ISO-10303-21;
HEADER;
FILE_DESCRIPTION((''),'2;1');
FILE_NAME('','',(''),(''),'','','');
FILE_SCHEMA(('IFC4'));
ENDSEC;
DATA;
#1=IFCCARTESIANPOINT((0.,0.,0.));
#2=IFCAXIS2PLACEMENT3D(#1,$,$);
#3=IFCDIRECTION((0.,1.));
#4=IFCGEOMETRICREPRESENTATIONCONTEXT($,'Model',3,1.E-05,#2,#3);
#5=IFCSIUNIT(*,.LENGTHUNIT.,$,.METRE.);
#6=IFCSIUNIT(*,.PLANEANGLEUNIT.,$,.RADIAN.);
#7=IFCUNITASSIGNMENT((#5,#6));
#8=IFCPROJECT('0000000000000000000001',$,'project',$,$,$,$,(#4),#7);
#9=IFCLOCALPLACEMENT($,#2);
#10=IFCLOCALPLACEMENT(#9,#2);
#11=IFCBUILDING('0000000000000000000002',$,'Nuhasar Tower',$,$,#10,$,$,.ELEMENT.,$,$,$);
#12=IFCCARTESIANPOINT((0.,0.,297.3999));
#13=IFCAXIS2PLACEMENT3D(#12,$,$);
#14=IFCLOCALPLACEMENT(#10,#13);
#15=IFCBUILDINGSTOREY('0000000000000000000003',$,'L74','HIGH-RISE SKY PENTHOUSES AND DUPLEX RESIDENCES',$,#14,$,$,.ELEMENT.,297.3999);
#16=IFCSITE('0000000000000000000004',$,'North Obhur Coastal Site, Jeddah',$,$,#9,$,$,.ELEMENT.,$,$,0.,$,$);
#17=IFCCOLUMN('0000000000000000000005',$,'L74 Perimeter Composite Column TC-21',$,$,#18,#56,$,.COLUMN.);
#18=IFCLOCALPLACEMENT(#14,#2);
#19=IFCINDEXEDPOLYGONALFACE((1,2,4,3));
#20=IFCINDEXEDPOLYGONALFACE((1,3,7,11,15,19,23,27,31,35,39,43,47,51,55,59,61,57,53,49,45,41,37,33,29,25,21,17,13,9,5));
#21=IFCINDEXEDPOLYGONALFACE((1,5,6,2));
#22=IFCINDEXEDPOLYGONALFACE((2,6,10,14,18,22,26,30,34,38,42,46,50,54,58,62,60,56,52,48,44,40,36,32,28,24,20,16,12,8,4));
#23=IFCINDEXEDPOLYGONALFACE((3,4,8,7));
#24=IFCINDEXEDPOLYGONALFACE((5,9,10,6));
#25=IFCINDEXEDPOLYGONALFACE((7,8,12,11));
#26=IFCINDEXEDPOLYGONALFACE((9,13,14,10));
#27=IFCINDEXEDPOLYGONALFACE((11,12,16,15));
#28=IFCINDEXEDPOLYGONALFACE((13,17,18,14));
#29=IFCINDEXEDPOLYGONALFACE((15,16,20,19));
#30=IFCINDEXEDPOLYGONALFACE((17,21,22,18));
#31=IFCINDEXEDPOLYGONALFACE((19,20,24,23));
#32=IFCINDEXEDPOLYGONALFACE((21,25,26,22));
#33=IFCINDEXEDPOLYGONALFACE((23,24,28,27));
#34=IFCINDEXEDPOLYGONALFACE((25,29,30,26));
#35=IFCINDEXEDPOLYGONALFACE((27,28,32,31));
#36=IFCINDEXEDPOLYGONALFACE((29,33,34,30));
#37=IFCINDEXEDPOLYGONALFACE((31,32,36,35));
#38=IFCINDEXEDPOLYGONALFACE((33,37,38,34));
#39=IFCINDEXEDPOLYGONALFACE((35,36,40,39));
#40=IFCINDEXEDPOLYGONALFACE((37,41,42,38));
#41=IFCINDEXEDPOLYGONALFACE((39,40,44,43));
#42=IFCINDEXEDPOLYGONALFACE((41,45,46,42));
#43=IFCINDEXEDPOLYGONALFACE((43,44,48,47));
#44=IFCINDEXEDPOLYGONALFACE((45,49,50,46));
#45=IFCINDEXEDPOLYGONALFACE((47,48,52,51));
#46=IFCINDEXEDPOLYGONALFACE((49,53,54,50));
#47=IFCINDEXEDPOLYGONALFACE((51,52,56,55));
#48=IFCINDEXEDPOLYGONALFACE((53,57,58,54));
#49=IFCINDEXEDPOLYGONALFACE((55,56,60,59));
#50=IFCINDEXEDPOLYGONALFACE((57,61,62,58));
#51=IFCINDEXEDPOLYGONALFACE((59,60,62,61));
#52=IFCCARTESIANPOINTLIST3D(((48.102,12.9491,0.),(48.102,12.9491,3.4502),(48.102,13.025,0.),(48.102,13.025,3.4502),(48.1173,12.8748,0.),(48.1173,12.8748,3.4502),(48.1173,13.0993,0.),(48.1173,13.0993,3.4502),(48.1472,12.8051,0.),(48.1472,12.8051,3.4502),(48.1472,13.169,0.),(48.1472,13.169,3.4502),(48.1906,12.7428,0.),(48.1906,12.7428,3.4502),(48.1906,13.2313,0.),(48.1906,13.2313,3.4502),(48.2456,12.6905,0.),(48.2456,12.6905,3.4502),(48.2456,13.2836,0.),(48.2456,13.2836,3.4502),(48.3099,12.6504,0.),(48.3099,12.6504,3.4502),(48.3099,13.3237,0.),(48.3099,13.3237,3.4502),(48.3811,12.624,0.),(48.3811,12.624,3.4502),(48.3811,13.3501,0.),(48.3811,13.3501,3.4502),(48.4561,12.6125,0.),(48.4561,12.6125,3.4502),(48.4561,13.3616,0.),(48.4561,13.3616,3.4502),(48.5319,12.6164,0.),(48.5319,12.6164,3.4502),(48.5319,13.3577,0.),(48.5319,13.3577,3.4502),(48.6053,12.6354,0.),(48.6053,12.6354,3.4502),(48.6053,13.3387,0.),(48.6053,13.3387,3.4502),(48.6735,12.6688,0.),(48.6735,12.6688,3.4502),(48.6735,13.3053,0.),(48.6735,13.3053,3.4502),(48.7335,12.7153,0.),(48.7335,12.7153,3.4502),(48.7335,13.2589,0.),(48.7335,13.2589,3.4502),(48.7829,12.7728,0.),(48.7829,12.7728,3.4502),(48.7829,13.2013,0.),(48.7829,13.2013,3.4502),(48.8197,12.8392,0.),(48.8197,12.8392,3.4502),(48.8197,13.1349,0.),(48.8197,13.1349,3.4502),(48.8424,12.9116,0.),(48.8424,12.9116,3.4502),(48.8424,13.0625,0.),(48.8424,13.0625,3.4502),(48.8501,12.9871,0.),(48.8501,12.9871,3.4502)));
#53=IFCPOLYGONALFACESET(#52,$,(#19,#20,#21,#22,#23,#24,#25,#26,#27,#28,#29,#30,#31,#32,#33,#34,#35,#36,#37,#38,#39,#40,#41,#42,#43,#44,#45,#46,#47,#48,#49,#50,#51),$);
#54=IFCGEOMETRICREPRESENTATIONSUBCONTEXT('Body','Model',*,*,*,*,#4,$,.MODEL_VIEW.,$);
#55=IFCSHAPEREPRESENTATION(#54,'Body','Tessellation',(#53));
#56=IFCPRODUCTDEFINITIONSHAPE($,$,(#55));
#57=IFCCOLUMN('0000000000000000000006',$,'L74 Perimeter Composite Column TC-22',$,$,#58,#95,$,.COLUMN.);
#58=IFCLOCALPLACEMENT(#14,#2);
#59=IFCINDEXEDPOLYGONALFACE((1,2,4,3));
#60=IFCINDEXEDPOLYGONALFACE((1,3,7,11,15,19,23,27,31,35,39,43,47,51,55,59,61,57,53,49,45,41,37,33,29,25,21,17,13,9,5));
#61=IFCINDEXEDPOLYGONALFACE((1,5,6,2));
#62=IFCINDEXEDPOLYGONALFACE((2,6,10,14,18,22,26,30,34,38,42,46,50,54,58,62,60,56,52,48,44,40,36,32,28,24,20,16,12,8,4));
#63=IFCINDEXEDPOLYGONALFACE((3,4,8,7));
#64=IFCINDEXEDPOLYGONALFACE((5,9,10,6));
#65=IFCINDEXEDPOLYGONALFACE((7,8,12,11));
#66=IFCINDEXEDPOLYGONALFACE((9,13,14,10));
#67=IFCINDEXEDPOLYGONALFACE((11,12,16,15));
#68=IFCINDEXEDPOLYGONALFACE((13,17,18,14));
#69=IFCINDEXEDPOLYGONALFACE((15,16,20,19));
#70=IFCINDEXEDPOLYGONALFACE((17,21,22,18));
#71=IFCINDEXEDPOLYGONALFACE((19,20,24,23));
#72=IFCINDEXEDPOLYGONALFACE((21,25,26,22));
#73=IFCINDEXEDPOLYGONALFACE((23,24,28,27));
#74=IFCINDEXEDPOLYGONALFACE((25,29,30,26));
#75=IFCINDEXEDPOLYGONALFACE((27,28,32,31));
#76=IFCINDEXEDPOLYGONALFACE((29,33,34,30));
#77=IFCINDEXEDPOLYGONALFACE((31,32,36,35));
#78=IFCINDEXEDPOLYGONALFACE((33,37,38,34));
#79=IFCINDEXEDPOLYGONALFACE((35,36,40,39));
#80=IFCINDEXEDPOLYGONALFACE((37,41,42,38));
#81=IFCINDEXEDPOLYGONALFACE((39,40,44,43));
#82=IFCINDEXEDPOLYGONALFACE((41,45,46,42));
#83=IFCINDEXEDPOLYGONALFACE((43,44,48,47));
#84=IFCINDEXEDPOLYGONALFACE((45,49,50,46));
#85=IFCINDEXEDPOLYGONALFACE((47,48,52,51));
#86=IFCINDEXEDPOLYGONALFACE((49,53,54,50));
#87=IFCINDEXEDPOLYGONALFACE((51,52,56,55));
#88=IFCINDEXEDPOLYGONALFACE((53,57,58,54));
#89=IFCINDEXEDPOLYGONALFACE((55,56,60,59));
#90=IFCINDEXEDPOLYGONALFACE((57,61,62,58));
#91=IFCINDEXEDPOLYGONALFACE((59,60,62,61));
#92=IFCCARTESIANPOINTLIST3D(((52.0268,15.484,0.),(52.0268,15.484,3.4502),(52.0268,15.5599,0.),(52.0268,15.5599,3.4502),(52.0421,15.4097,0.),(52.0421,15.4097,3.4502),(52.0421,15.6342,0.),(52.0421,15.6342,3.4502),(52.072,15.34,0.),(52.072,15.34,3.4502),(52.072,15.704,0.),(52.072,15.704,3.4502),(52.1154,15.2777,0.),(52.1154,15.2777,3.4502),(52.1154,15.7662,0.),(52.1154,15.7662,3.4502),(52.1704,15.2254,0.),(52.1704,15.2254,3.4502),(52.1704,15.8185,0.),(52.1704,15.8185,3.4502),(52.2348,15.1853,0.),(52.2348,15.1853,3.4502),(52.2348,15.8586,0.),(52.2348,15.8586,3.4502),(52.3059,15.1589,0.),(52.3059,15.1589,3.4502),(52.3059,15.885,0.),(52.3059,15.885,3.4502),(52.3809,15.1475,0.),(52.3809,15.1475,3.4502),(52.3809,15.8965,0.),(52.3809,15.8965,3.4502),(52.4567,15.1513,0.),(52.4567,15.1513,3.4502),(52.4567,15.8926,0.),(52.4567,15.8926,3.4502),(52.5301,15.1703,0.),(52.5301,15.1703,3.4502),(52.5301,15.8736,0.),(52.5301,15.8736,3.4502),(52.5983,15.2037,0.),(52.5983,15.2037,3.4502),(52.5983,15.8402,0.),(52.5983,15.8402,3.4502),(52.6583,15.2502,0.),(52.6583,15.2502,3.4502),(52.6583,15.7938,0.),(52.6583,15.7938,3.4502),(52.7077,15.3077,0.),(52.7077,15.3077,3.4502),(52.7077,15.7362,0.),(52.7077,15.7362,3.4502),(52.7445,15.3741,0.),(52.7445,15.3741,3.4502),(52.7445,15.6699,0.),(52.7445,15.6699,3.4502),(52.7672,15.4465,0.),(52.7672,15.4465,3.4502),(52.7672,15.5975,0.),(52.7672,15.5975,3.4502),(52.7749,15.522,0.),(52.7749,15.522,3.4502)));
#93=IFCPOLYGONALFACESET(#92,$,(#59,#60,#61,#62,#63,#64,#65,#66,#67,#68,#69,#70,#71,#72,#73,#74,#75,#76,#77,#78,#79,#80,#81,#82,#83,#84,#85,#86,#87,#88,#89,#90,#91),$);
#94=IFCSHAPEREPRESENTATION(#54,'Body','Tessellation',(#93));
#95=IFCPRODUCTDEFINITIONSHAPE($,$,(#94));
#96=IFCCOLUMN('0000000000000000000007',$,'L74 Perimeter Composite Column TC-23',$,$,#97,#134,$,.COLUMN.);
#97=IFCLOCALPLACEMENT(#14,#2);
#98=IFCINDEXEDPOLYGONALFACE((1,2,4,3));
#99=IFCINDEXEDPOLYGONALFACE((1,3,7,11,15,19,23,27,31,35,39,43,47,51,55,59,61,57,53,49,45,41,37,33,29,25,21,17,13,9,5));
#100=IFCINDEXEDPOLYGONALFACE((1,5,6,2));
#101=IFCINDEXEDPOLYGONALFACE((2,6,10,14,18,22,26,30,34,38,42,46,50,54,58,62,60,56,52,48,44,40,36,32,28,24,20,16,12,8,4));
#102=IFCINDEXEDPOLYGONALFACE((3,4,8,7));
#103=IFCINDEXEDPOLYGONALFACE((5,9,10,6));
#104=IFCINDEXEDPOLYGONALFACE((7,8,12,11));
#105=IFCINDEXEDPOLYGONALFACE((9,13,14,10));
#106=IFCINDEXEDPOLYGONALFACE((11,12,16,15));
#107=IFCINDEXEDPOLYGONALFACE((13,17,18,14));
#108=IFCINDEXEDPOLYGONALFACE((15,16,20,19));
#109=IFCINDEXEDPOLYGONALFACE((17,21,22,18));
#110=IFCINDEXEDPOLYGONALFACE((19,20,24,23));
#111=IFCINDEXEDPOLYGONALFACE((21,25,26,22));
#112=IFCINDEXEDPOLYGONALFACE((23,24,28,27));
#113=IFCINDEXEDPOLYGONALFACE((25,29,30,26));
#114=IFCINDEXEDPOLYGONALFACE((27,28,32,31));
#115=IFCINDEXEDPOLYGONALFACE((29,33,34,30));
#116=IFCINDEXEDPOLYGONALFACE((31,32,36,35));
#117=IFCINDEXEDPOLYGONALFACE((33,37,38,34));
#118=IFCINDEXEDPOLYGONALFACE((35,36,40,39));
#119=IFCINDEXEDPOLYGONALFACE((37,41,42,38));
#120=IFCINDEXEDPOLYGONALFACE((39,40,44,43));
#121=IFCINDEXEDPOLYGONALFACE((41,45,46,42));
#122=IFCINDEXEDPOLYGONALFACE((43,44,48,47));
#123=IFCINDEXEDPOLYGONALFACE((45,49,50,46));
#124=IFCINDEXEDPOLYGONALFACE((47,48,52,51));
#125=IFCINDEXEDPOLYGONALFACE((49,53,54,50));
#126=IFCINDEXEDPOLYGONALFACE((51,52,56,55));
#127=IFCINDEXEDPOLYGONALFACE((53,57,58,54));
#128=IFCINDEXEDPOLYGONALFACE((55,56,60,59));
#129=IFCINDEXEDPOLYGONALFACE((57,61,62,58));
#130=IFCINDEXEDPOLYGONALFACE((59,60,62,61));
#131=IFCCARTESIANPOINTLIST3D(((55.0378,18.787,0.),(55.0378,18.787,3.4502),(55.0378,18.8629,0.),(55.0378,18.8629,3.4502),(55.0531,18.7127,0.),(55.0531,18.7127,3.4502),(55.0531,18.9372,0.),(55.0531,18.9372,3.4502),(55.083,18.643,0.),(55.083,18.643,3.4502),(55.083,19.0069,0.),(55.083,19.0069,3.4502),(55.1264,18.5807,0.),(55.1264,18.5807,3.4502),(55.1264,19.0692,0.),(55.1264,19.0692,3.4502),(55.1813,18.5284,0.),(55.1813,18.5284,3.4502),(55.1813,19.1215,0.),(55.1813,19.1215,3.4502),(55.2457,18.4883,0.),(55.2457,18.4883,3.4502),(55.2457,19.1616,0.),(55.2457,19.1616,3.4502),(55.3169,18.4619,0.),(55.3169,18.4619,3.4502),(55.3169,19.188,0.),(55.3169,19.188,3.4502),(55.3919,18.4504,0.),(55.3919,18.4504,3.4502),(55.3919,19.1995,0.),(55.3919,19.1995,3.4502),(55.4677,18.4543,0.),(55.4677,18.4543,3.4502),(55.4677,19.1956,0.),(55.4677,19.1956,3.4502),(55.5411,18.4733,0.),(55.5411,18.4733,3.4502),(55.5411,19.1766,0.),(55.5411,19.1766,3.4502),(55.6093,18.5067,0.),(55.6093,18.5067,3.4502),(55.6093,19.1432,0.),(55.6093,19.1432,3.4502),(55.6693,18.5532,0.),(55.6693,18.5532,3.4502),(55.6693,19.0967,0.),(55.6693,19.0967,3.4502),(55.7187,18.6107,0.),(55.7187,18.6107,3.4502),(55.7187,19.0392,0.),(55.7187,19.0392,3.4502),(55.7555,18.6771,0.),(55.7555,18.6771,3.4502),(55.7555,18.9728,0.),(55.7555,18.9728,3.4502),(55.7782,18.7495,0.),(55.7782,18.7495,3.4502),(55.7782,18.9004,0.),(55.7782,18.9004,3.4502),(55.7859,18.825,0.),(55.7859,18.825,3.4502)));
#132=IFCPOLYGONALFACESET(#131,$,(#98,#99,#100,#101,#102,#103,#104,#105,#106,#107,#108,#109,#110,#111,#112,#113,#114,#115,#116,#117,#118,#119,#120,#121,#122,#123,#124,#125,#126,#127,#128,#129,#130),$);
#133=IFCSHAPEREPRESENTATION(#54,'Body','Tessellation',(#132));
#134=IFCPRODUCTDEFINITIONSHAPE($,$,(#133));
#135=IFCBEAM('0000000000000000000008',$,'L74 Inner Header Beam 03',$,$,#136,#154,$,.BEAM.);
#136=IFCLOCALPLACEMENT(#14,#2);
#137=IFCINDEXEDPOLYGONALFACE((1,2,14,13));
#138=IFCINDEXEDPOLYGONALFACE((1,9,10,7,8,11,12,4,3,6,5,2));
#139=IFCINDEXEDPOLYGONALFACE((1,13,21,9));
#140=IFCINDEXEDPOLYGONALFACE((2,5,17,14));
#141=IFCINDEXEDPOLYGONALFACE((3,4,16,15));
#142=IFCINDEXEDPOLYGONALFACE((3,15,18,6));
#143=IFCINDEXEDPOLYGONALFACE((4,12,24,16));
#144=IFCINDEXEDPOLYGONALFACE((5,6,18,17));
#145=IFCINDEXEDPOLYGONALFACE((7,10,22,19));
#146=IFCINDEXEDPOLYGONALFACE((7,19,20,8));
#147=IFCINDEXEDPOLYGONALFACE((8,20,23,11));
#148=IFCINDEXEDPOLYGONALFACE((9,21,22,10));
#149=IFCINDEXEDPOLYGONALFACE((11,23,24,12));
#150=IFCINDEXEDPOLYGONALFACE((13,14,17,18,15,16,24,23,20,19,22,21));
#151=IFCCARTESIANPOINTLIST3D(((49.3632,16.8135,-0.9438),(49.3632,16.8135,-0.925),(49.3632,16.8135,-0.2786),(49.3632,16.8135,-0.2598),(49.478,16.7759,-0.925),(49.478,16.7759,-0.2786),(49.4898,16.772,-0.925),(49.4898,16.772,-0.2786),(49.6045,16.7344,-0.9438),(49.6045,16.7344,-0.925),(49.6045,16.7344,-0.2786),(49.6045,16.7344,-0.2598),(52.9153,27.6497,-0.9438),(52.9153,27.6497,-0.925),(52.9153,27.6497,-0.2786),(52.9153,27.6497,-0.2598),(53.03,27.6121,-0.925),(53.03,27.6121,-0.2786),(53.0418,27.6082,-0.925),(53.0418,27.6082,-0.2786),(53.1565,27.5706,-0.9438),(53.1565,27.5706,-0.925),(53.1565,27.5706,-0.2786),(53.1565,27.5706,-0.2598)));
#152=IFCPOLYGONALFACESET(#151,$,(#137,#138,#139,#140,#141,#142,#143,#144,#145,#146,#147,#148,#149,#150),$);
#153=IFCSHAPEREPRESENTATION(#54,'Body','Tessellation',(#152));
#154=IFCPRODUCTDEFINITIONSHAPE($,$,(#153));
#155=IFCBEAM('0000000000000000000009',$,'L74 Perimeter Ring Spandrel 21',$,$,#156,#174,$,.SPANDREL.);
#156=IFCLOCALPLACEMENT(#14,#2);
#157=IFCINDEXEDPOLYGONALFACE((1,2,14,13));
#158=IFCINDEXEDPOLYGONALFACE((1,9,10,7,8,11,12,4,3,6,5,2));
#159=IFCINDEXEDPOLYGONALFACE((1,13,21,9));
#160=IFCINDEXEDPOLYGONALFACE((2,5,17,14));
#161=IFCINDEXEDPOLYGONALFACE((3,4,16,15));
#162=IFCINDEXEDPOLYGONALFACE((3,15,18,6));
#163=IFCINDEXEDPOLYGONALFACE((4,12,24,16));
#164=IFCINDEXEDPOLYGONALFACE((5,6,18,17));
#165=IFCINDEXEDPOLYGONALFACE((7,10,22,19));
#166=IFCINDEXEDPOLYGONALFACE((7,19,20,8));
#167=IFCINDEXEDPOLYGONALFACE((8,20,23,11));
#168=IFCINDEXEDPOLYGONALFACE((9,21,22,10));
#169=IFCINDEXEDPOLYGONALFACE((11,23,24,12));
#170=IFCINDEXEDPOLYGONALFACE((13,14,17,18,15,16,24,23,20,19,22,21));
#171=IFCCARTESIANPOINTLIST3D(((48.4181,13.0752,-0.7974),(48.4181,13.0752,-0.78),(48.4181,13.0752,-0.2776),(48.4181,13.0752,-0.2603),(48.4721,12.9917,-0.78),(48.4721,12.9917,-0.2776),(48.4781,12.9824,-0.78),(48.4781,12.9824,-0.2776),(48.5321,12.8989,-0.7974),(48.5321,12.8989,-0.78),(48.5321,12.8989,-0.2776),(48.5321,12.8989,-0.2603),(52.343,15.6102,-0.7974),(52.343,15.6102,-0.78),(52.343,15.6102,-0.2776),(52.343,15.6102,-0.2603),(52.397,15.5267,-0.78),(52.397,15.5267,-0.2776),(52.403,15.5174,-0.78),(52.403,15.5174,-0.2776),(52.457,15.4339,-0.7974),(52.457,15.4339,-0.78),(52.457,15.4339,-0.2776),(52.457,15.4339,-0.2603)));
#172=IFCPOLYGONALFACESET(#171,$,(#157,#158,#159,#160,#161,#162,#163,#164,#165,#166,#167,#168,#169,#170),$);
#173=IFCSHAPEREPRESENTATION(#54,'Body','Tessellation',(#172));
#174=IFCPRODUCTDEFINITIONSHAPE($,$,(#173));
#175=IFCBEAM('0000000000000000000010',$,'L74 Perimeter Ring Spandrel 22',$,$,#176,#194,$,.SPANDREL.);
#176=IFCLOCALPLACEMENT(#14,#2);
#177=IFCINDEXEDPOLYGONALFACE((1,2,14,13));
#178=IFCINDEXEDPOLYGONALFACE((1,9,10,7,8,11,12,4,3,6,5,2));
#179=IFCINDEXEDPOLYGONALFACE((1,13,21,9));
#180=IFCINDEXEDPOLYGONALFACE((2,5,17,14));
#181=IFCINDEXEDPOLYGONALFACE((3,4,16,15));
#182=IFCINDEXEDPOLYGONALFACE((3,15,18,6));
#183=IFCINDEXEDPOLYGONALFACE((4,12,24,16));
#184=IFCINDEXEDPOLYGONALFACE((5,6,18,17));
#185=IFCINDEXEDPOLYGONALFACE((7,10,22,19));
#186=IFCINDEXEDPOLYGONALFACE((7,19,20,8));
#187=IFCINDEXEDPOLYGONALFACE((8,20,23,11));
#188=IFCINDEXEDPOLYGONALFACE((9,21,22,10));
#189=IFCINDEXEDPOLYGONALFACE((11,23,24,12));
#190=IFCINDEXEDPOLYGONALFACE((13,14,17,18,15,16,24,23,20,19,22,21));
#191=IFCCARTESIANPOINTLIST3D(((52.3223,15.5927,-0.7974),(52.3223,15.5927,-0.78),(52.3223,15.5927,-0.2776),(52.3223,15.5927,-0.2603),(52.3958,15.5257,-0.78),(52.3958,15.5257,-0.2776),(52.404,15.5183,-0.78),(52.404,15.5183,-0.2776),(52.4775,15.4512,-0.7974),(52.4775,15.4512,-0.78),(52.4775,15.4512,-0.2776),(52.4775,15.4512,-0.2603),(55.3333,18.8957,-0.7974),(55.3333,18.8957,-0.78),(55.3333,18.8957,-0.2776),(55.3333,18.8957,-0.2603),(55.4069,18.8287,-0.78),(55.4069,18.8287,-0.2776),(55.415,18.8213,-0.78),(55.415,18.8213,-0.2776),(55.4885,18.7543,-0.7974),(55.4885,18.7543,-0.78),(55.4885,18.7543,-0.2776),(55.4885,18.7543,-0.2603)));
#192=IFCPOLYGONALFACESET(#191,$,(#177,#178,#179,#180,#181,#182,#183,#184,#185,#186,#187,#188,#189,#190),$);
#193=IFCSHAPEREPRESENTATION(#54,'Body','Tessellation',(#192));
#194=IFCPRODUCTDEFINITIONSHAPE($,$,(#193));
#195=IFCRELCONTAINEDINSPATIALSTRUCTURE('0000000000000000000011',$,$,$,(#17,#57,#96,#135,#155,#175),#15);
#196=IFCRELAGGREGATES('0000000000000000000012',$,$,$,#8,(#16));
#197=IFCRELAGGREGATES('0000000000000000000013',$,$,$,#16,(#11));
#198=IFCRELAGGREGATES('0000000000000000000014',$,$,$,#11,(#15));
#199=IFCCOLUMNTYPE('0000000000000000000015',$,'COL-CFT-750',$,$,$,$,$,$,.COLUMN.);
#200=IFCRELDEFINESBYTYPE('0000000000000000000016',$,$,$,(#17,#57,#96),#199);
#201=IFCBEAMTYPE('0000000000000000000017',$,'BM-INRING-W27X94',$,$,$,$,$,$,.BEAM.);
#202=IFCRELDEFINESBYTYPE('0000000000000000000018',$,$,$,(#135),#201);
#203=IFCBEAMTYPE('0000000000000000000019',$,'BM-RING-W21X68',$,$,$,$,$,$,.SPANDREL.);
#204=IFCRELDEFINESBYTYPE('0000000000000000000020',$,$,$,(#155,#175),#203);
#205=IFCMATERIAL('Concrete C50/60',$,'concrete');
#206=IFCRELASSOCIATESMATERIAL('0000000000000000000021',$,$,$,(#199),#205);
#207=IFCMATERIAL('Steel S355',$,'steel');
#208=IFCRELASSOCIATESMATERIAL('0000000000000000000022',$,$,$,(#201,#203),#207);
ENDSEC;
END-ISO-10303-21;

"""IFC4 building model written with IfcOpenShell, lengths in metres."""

from ifc_helpers import new_model, si_unit, direction, frame, origin, origin_2d, place, context, subcontext, project, spatial, circle, i_section, extrude, material, material_profile, profile_set, type_object, element, save


model = new_model("IFC4")

# Units and contexts
model_context = context("Model", 3, precision=1e-05, world=origin(), true_north=direction((0.0, 1.0)))
body_context = subcontext(model_context, "Body", "Model", "MODEL_VIEW")
ifc_project = project(units=[si_unit("LENGTHUNIT", "METRE"), si_unit("PLANEANGLEUNIT", "RADIAN")], contexts=[model_context])

# Site, building, storey
site_placement = place(None, origin())
site = spatial("IfcSite", under=ifc_project, at=site_placement, Name="North Obhur Coastal Site, Jeddah", CompositionType="ELEMENT", RefElevation=0.0)
building_placement = place(site_placement, origin())
building = spatial("IfcBuilding", under=site, at=building_placement, Name="Nuhasar Tower", CompositionType="ELEMENT")
storey_placement = place(building_placement, frame((0.0, 0.0, 297.3999)))
storey = spatial("IfcBuildingStorey", under=building, at=storey_placement, Name="L74", Description="HIGH-RISE SKY PENTHOUSES AND DUPLEX RESIDENCES", CompositionType="ELEMENT", Elevation=297.3999)

# Columns
ifc_material_1 = material(Name="Concrete C50/60", Category="concrete")
ifc_material_profile_1 = material_profile(ifc_material_1, circle(Radius=0.375, at=origin_2d()), Name="CFT750")
ifc_profile_set_1 = profile_set([ifc_material_profile_1], Name="Concrete C50/60")
column_type = type_object("IfcColumnType", Name="COL-CFT-750", PredefinedType="COLUMN", material=ifc_profile_set_1)
for number, where, z_axis, x_axis, name in (
    (1, (48.4751, 12.9871, 0.0), (0.0, 0.0, 1.0), (1.0, 0.0, 0.0), "L74 Perimeter Composite Column TC-21"),
    (2, (52.3999, 15.522, 0.0), (0.0, 0.0, 1.0), (1.0, 0.0, 0.0), "L74 Perimeter Composite Column TC-22"),
    (3, (55.4109, 18.825, 0.0), (0.0, 0.0, 1.0), (1.0, 0.0, 0.0), "L74 Perimeter Composite Column TC-23"),
):
    element("IfcColumn", number, at=place(storey_placement, frame(where, z_axis=z_axis, x_axis=x_axis)), inside=storey, type_object=column_type, Name=name, PredefinedType="COLUMN", context=body_context, shape_type="SweptSolid", body=[
        extrude(circle(Radius=0.375, at=origin_2d()), origin(), (0.0, 0.0, 1.0), 3.4502),
    ])

# Beams
ifc_material_2 = material(Name="Steel S355", Category="steel")
ifc_material_profile_2 = material_profile(ifc_material_2, i_section(OverallWidth=0.2539, OverallDepth=0.6841, WebThickness=0.0125, FlangeThickness=0.0188, at=origin_2d()), Name="W27X94")
ifc_profile_set_2 = profile_set([ifc_material_profile_2], Name="Steel S355")
beam_type_1 = type_object("IfcBeamType", Name="BM-INRING-W27X94", PredefinedType="BEAM", material=ifc_profile_set_2)
beam_1_placement = place(storey_placement, frame((49.4839, 16.7739, -0.6018), z_axis=(0.311484, 0.950251, 0.0), x_axis=(-0.950251, 0.311484, 0.0)))
element("IfcBeam", 4, at=beam_1_placement, inside=storey, type_object=beam_type_1, Name="L74 Inner Header Beam 03", PredefinedType="BEAM", context=body_context, shape_type="SweptSolid", body=[
    extrude(i_section(OverallWidth=0.2539, OverallDepth=0.6841, WebThickness=0.0125, FlangeThickness=0.0188, at=origin_2d()), origin(), (0.0, 0.0, 1.0), 11.4036),
])
ifc_material_profile_3 = material_profile(ifc_material_2, i_section(OverallWidth=0.21, OverallDepth=0.5371, WebThickness=0.011, FlangeThickness=0.0173, at=origin_2d()), Name="W21X68")
ifc_profile_set_3 = profile_set([ifc_material_profile_3], Name="Steel S355")
beam_type_2 = type_object("IfcBeamType", Name="BM-RING-W21X68", PredefinedType="SPANDREL", material=ifc_profile_set_3)
beam_2_placement = place(storey_placement, frame((48.4751, 12.9871, -0.5288), z_axis=(0.840025, 0.542547, 0.0), x_axis=(-0.542547, 0.840025, 0.0)))
element("IfcBeam", 5, at=beam_2_placement, inside=storey, type_object=beam_type_2, Name="L74 Perimeter Ring Spandrel 21", PredefinedType="SPANDREL", context=body_context, shape_type="SweptSolid", body=[
    extrude(i_section(OverallWidth=0.21, OverallDepth=0.5371, WebThickness=0.011, FlangeThickness=0.0173, at=origin_2d()), origin(), (0.0, 0.0, 1.0), 4.6724),
])
beam_3_placement = place(storey_placement, frame((52.3999, 15.522, -0.5288), z_axis=(0.673686, 0.739017, 0.0), x_axis=(-0.739017, 0.673686, 0.0)))
element("IfcBeam", 6, at=beam_3_placement, inside=storey, type_object=beam_type_2, Name="L74 Perimeter Ring Spandrel 22", PredefinedType="SPANDREL", context=body_context, shape_type="SweptSolid", body=[
    extrude(i_section(OverallWidth=0.21, OverallDepth=0.5371, WebThickness=0.011, FlangeThickness=0.0173, at=origin_2d()), origin(), (0.0, 0.0, 1.0), 4.4695),
])

save(model, "model.ifc")
